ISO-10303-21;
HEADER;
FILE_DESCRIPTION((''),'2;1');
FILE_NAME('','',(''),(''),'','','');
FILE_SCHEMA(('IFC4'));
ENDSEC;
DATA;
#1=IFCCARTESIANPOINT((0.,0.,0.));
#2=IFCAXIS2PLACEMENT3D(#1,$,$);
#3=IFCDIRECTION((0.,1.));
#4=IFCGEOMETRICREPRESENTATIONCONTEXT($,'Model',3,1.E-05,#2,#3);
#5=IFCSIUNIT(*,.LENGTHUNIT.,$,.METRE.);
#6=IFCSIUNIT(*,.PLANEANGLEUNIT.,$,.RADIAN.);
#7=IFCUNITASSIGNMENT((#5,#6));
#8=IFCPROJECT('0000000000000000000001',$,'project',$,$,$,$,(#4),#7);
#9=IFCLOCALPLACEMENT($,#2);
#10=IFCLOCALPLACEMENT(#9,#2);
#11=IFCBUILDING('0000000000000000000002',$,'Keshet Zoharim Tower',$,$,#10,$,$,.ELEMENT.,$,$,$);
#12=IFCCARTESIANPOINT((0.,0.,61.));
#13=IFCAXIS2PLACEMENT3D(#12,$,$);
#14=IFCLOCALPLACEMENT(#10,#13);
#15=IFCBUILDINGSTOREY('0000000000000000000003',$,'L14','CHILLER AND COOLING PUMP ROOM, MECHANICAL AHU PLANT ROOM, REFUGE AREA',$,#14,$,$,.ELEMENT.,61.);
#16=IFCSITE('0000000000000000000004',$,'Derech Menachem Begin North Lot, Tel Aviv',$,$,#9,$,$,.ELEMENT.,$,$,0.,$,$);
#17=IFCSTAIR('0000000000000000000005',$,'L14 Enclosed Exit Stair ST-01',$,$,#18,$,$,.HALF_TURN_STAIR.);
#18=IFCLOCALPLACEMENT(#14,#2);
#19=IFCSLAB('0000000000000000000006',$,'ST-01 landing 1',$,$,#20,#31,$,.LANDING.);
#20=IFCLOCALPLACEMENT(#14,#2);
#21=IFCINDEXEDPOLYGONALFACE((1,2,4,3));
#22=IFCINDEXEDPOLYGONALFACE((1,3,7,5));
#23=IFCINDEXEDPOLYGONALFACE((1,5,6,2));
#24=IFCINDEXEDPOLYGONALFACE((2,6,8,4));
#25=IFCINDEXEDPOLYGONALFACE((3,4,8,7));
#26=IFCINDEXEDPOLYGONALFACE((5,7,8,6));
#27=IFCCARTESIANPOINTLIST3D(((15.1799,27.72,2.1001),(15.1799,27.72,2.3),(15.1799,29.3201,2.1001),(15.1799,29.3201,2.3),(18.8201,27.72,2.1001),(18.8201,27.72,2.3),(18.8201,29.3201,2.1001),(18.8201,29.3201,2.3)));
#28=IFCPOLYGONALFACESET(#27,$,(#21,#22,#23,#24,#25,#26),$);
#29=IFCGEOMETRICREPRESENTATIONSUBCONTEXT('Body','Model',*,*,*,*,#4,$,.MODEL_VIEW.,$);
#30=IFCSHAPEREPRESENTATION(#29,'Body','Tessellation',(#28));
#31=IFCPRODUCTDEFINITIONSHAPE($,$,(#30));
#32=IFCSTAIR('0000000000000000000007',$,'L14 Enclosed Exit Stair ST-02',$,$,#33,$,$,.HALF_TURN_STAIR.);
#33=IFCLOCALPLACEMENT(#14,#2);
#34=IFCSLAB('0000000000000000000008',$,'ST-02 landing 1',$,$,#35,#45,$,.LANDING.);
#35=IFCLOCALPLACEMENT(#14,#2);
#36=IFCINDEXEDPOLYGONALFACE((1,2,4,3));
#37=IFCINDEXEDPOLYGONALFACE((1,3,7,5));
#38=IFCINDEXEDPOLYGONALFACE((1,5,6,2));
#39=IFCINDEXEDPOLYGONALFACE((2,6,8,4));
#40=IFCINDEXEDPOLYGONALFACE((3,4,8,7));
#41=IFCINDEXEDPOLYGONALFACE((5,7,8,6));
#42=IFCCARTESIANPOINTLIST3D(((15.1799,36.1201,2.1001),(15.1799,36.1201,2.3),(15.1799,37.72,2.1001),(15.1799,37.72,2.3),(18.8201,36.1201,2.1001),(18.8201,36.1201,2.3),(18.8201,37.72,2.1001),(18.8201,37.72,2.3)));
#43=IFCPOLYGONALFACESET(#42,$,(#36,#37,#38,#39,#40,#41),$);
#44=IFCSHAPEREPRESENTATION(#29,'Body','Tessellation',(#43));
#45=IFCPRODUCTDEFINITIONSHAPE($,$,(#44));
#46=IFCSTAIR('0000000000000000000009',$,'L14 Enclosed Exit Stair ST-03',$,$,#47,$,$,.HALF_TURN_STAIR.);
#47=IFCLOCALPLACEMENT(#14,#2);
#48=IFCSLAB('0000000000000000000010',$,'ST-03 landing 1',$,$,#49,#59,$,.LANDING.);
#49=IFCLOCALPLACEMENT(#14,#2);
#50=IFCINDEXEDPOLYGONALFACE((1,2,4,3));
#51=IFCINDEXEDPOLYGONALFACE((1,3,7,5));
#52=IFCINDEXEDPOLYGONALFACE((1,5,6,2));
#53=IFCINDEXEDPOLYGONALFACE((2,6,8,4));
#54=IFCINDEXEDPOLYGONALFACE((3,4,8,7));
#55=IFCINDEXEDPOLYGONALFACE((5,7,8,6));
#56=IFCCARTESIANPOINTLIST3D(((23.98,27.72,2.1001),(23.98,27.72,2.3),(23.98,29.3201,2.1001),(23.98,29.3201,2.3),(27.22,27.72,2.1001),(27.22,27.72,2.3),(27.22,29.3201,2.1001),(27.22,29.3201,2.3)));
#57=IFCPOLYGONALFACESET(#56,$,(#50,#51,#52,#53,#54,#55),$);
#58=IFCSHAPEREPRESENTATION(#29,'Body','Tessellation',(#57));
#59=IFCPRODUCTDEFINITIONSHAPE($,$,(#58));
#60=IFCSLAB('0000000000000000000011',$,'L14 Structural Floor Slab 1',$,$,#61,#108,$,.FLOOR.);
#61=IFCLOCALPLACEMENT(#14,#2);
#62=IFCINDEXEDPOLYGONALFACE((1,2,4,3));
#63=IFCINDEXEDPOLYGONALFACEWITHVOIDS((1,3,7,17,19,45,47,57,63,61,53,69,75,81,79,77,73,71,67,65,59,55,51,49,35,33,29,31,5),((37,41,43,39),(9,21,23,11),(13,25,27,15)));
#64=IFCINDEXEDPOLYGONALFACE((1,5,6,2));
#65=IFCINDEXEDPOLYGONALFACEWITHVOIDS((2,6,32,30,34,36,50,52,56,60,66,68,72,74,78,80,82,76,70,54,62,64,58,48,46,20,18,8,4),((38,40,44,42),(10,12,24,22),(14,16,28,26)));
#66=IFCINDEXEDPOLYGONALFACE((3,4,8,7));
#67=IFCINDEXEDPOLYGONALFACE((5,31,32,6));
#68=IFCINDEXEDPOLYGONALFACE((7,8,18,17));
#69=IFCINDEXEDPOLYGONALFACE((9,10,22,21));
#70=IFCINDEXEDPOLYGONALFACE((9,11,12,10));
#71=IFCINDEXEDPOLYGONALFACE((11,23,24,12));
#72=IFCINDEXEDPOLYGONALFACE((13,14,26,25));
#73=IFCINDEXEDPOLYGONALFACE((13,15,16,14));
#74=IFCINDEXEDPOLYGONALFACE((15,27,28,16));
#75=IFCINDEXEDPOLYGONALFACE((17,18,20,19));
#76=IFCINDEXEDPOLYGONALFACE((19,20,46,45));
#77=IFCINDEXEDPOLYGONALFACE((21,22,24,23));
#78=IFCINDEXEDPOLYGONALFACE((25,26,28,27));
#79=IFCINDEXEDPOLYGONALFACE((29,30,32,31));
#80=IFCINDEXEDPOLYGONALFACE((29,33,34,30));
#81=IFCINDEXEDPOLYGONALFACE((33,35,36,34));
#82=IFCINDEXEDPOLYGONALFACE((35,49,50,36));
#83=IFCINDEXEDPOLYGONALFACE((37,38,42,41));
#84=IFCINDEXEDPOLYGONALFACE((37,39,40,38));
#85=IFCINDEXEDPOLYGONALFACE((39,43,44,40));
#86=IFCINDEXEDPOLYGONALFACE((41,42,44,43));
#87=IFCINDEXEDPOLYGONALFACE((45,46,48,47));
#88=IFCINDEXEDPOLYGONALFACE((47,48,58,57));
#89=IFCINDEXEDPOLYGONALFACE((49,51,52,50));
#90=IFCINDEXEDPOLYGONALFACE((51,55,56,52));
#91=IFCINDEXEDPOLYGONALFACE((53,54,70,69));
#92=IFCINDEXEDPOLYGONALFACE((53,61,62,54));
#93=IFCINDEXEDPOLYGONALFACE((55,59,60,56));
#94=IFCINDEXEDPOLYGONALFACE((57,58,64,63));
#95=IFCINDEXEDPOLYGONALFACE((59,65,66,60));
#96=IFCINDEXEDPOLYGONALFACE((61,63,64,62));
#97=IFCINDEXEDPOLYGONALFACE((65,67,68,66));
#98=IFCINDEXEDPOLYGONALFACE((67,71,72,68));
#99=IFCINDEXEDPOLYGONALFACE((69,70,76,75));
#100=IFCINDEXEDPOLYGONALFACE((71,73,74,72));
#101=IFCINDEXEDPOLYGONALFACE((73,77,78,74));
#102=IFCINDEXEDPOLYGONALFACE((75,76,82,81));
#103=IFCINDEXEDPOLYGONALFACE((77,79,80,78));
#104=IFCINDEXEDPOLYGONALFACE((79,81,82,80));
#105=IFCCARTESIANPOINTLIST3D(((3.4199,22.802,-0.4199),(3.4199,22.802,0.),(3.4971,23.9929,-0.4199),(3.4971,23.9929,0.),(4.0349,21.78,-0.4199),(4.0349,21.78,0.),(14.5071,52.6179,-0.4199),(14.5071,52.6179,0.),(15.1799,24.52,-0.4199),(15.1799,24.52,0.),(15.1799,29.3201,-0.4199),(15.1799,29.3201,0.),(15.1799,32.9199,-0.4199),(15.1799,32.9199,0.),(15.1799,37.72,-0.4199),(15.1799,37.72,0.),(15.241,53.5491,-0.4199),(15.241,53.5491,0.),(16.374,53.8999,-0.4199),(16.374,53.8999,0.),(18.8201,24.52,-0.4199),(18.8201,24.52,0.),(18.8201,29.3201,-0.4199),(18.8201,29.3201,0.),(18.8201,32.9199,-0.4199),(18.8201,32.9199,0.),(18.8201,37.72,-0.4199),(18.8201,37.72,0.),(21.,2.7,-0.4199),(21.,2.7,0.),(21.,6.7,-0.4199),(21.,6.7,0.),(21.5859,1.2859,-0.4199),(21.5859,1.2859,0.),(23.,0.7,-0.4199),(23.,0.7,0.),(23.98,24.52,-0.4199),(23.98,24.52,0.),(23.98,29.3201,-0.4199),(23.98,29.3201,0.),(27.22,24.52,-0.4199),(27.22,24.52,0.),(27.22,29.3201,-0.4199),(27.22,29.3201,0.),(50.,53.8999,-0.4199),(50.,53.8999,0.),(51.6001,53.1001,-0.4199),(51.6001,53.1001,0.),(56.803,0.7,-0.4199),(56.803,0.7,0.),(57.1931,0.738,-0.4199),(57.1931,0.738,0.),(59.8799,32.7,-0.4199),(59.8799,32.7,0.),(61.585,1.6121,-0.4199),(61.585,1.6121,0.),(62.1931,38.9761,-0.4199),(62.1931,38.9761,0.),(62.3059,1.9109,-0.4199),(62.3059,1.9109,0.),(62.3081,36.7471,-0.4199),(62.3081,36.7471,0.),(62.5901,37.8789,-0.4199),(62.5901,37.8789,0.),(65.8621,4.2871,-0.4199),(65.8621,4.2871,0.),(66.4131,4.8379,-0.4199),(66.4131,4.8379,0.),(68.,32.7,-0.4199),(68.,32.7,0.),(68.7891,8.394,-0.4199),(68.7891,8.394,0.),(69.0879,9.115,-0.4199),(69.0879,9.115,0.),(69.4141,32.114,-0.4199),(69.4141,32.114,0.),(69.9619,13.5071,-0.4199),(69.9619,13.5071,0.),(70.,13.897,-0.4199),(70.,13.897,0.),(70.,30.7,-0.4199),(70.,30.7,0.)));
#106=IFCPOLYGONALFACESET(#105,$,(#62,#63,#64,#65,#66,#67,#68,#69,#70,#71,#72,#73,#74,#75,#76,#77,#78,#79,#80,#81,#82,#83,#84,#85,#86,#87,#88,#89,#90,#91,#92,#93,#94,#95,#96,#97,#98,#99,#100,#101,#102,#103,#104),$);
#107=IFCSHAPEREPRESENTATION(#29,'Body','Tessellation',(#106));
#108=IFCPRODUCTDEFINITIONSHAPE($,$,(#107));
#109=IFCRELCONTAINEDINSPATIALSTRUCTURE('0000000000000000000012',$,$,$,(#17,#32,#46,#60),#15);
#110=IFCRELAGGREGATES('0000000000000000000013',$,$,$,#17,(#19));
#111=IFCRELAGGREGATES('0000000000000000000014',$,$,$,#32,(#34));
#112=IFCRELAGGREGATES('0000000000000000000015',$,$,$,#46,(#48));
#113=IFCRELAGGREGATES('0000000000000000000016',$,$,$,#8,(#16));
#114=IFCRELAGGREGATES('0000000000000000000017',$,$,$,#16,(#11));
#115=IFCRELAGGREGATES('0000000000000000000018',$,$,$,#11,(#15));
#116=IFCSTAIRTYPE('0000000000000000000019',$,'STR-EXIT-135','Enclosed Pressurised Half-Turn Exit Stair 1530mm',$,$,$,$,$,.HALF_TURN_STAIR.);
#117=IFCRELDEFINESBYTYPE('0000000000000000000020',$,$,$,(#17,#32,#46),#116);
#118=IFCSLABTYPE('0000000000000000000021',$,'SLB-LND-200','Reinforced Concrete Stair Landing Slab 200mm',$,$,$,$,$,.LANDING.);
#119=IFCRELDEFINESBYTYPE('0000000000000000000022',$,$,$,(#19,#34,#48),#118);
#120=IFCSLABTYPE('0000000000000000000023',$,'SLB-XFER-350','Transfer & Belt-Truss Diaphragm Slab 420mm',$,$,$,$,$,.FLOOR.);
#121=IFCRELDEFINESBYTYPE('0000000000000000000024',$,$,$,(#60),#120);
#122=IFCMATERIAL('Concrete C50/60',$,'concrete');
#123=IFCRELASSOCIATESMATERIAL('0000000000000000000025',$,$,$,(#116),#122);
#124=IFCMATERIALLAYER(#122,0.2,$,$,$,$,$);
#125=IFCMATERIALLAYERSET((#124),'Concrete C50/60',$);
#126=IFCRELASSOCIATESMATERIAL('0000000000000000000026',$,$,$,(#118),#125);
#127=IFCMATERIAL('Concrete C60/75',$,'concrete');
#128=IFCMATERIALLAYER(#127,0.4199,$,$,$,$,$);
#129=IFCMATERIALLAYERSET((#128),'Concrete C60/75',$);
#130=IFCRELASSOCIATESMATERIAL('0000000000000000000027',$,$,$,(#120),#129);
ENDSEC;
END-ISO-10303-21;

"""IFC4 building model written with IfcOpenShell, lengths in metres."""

from ifc_helpers import new_model, si_unit, direction, frame, origin, place, context, subcontext, project, spatial, polyline, outline, extrude, material, layer, layer_set, type_object, element, aggregate, save


model = new_model("IFC4")

# Units and contexts
model_context = context("Model", 3, precision=1e-05, world=origin(), true_north=direction((0.0, 1.0)))
body_context = subcontext(model_context, "Body", "Model", "MODEL_VIEW")
ifc_project = project(units=[si_unit("LENGTHUNIT", "METRE"), si_unit("PLANEANGLEUNIT", "RADIAN")], contexts=[model_context])

# Site, building, storey
site_placement = place(None, origin())
site = spatial("IfcSite", under=ifc_project, at=site_placement, Name="Derech Menachem Begin North Lot, Tel Aviv", CompositionType="ELEMENT", RefElevation=0.0)
building_placement = place(site_placement, origin())
building = spatial("IfcBuilding", under=site, at=building_placement, Name="Keshet Zoharim Tower", CompositionType="ELEMENT")
storey_placement = place(building_placement, frame((0.0, 0.0, 61.0)))
storey = spatial("IfcBuildingStorey", under=building, at=storey_placement, Name="L14", Description="CHILLER AND COOLING PUMP ROOM, MECHANICAL AHU PLANT ROOM, REFUGE AREA", CompositionType="ELEMENT", Elevation=61.0)

# Shared definitions
ifc_material_1 = material(Name="Concrete C60/75", Category="concrete")

# Stairs, slabs
ifc_material_2 = material(Name="Concrete C50/60", Category="concrete")
stair_type = type_object("IfcStairType", Name="STR-EXIT-135", Description="Enclosed Pressurised Half-Turn Exit Stair 1530mm", PredefinedType="HALF_TURN_STAIR", material=ifc_material_2)
stair_1_placement = place(storey_placement, origin())
stair_1 = element("IfcStair", 1, at=stair_1_placement, inside=storey, type_object=stair_type, Name="L14 Enclosed Exit Stair ST-01", PredefinedType="HALF_TURN_STAIR")
ifc_layer_1 = layer(ifc_material_2, 0.2)
ifc_layer_set_1 = layer_set([ifc_layer_1], Name="Concrete C50/60")
slab_type_1 = type_object("IfcSlabType", Name="SLB-LND-200", Description="Reinforced Concrete Stair Landing Slab 200mm", PredefinedType="LANDING", material=ifc_layer_set_1)
slab_1_placement = place(storey_placement, frame((0.0, 0.0, 2.1001)))
slab_1 = element("IfcSlab", 2, at=slab_1_placement, type_object=slab_type_1, Name="ST-01 landing 1", PredefinedType="LANDING", context=body_context, shape_type="SweptSolid", body=[
    extrude(outline(polyline([(15.1799, 27.72), (18.8201, 27.72), (18.8201, 29.3201), (15.1799, 29.3201), (15.1799, 27.72)])), origin(), (0.0, 0.0, 1.0), 0.2),
])
aggregate(stair_1, [slab_1])
stair_2_placement = place(storey_placement, origin())
stair_2 = element("IfcStair", 3, at=stair_2_placement, inside=storey, type_object=stair_type, Name="L14 Enclosed Exit Stair ST-02", PredefinedType="HALF_TURN_STAIR")
slab_2_placement = place(storey_placement, frame((0.0, 0.0, 2.1001)))
slab_2 = element("IfcSlab", 4, at=slab_2_placement, type_object=slab_type_1, Name="ST-02 landing 1", PredefinedType="LANDING", context=body_context, shape_type="SweptSolid", body=[
    extrude(outline(polyline([(15.1799, 36.1201), (18.8201, 36.1201), (18.8201, 37.72), (15.1799, 37.72), (15.1799, 36.1201)])), origin(), (0.0, 0.0, 1.0), 0.2),
])
aggregate(stair_2, [slab_2])
stair_3_placement = place(storey_placement, origin())
stair_3 = element("IfcStair", 5, at=stair_3_placement, inside=storey, type_object=stair_type, Name="L14 Enclosed Exit Stair ST-03", PredefinedType="HALF_TURN_STAIR")
slab_3_placement = place(storey_placement, frame((0.0, 0.0, 2.1001)))
slab_3 = element("IfcSlab", 6, at=slab_3_placement, type_object=slab_type_1, Name="ST-03 landing 1", PredefinedType="LANDING", context=body_context, shape_type="SweptSolid", body=[
    extrude(outline(polyline([(23.98, 27.72), (27.22, 27.72), (27.22, 29.3201), (23.98, 29.3201), (23.98, 27.72)])), origin(), (0.0, 0.0, 1.0), 0.2),
])
aggregate(stair_3, [slab_3])

# Slab
ifc_layer_2 = layer(ifc_material_1, 0.4199)
ifc_layer_set_2 = layer_set([ifc_layer_2], Name="Concrete C60/75")
slab_type_2 = type_object("IfcSlabType", Name="SLB-XFER-350", Description="Transfer & Belt-Truss Diaphragm Slab 420mm", PredefinedType="FLOOR", material=ifc_layer_set_2)
slab_4_placement = place(storey_placement, frame((0.0, 0.0, -0.4199)))
element("IfcSlab", 7, at=slab_4_placement, inside=storey, type_object=slab_type_2, Name="L14 Structural Floor Slab 1", PredefinedType="FLOOR", context=body_context, shape_type="SweptSolid", body=[
    extrude(outline(polyline([(21.0, 6.7), (4.0349, 21.78), (3.4199, 22.802), (3.4971, 23.9929), (14.5071, 52.6179), (15.241, 53.5491), (16.374, 53.8999), (50.0, 53.8999), (51.6001, 53.1001), (62.1931, 38.9761), (62.5901, 37.8789), (62.3081, 36.7471), (59.8799, 32.7), (68.0, 32.7), (69.4141, 32.114), (70.0, 30.7), (70.0, 13.897), (69.9619, 13.5071), (69.0879, 9.115), (68.7891, 8.394), (66.4131, 4.8379), (65.8621, 4.2871), (62.3059, 1.9109), (61.585, 1.6121), (57.1931, 0.738), (56.803, 0.7), (23.0, 0.7), (21.5859, 1.2859), (21.0, 2.7), (21.0, 6.7)]), holes=[polyline([(15.1799, 24.52), (18.8201, 24.52), (18.8201, 29.3201), (15.1799, 29.3201), (15.1799, 24.52)]), polyline([(15.1799, 32.9199), (18.8201, 32.9199), (18.8201, 37.72), (15.1799, 37.72), (15.1799, 32.9199)]), polyline([(23.98, 24.52), (27.22, 24.52), (27.22, 29.3201), (23.98, 29.3201), (23.98, 24.52)])]), origin(), (0.0, 0.0, 1.0), 0.4199),
])

save(model, "model.ifc")
